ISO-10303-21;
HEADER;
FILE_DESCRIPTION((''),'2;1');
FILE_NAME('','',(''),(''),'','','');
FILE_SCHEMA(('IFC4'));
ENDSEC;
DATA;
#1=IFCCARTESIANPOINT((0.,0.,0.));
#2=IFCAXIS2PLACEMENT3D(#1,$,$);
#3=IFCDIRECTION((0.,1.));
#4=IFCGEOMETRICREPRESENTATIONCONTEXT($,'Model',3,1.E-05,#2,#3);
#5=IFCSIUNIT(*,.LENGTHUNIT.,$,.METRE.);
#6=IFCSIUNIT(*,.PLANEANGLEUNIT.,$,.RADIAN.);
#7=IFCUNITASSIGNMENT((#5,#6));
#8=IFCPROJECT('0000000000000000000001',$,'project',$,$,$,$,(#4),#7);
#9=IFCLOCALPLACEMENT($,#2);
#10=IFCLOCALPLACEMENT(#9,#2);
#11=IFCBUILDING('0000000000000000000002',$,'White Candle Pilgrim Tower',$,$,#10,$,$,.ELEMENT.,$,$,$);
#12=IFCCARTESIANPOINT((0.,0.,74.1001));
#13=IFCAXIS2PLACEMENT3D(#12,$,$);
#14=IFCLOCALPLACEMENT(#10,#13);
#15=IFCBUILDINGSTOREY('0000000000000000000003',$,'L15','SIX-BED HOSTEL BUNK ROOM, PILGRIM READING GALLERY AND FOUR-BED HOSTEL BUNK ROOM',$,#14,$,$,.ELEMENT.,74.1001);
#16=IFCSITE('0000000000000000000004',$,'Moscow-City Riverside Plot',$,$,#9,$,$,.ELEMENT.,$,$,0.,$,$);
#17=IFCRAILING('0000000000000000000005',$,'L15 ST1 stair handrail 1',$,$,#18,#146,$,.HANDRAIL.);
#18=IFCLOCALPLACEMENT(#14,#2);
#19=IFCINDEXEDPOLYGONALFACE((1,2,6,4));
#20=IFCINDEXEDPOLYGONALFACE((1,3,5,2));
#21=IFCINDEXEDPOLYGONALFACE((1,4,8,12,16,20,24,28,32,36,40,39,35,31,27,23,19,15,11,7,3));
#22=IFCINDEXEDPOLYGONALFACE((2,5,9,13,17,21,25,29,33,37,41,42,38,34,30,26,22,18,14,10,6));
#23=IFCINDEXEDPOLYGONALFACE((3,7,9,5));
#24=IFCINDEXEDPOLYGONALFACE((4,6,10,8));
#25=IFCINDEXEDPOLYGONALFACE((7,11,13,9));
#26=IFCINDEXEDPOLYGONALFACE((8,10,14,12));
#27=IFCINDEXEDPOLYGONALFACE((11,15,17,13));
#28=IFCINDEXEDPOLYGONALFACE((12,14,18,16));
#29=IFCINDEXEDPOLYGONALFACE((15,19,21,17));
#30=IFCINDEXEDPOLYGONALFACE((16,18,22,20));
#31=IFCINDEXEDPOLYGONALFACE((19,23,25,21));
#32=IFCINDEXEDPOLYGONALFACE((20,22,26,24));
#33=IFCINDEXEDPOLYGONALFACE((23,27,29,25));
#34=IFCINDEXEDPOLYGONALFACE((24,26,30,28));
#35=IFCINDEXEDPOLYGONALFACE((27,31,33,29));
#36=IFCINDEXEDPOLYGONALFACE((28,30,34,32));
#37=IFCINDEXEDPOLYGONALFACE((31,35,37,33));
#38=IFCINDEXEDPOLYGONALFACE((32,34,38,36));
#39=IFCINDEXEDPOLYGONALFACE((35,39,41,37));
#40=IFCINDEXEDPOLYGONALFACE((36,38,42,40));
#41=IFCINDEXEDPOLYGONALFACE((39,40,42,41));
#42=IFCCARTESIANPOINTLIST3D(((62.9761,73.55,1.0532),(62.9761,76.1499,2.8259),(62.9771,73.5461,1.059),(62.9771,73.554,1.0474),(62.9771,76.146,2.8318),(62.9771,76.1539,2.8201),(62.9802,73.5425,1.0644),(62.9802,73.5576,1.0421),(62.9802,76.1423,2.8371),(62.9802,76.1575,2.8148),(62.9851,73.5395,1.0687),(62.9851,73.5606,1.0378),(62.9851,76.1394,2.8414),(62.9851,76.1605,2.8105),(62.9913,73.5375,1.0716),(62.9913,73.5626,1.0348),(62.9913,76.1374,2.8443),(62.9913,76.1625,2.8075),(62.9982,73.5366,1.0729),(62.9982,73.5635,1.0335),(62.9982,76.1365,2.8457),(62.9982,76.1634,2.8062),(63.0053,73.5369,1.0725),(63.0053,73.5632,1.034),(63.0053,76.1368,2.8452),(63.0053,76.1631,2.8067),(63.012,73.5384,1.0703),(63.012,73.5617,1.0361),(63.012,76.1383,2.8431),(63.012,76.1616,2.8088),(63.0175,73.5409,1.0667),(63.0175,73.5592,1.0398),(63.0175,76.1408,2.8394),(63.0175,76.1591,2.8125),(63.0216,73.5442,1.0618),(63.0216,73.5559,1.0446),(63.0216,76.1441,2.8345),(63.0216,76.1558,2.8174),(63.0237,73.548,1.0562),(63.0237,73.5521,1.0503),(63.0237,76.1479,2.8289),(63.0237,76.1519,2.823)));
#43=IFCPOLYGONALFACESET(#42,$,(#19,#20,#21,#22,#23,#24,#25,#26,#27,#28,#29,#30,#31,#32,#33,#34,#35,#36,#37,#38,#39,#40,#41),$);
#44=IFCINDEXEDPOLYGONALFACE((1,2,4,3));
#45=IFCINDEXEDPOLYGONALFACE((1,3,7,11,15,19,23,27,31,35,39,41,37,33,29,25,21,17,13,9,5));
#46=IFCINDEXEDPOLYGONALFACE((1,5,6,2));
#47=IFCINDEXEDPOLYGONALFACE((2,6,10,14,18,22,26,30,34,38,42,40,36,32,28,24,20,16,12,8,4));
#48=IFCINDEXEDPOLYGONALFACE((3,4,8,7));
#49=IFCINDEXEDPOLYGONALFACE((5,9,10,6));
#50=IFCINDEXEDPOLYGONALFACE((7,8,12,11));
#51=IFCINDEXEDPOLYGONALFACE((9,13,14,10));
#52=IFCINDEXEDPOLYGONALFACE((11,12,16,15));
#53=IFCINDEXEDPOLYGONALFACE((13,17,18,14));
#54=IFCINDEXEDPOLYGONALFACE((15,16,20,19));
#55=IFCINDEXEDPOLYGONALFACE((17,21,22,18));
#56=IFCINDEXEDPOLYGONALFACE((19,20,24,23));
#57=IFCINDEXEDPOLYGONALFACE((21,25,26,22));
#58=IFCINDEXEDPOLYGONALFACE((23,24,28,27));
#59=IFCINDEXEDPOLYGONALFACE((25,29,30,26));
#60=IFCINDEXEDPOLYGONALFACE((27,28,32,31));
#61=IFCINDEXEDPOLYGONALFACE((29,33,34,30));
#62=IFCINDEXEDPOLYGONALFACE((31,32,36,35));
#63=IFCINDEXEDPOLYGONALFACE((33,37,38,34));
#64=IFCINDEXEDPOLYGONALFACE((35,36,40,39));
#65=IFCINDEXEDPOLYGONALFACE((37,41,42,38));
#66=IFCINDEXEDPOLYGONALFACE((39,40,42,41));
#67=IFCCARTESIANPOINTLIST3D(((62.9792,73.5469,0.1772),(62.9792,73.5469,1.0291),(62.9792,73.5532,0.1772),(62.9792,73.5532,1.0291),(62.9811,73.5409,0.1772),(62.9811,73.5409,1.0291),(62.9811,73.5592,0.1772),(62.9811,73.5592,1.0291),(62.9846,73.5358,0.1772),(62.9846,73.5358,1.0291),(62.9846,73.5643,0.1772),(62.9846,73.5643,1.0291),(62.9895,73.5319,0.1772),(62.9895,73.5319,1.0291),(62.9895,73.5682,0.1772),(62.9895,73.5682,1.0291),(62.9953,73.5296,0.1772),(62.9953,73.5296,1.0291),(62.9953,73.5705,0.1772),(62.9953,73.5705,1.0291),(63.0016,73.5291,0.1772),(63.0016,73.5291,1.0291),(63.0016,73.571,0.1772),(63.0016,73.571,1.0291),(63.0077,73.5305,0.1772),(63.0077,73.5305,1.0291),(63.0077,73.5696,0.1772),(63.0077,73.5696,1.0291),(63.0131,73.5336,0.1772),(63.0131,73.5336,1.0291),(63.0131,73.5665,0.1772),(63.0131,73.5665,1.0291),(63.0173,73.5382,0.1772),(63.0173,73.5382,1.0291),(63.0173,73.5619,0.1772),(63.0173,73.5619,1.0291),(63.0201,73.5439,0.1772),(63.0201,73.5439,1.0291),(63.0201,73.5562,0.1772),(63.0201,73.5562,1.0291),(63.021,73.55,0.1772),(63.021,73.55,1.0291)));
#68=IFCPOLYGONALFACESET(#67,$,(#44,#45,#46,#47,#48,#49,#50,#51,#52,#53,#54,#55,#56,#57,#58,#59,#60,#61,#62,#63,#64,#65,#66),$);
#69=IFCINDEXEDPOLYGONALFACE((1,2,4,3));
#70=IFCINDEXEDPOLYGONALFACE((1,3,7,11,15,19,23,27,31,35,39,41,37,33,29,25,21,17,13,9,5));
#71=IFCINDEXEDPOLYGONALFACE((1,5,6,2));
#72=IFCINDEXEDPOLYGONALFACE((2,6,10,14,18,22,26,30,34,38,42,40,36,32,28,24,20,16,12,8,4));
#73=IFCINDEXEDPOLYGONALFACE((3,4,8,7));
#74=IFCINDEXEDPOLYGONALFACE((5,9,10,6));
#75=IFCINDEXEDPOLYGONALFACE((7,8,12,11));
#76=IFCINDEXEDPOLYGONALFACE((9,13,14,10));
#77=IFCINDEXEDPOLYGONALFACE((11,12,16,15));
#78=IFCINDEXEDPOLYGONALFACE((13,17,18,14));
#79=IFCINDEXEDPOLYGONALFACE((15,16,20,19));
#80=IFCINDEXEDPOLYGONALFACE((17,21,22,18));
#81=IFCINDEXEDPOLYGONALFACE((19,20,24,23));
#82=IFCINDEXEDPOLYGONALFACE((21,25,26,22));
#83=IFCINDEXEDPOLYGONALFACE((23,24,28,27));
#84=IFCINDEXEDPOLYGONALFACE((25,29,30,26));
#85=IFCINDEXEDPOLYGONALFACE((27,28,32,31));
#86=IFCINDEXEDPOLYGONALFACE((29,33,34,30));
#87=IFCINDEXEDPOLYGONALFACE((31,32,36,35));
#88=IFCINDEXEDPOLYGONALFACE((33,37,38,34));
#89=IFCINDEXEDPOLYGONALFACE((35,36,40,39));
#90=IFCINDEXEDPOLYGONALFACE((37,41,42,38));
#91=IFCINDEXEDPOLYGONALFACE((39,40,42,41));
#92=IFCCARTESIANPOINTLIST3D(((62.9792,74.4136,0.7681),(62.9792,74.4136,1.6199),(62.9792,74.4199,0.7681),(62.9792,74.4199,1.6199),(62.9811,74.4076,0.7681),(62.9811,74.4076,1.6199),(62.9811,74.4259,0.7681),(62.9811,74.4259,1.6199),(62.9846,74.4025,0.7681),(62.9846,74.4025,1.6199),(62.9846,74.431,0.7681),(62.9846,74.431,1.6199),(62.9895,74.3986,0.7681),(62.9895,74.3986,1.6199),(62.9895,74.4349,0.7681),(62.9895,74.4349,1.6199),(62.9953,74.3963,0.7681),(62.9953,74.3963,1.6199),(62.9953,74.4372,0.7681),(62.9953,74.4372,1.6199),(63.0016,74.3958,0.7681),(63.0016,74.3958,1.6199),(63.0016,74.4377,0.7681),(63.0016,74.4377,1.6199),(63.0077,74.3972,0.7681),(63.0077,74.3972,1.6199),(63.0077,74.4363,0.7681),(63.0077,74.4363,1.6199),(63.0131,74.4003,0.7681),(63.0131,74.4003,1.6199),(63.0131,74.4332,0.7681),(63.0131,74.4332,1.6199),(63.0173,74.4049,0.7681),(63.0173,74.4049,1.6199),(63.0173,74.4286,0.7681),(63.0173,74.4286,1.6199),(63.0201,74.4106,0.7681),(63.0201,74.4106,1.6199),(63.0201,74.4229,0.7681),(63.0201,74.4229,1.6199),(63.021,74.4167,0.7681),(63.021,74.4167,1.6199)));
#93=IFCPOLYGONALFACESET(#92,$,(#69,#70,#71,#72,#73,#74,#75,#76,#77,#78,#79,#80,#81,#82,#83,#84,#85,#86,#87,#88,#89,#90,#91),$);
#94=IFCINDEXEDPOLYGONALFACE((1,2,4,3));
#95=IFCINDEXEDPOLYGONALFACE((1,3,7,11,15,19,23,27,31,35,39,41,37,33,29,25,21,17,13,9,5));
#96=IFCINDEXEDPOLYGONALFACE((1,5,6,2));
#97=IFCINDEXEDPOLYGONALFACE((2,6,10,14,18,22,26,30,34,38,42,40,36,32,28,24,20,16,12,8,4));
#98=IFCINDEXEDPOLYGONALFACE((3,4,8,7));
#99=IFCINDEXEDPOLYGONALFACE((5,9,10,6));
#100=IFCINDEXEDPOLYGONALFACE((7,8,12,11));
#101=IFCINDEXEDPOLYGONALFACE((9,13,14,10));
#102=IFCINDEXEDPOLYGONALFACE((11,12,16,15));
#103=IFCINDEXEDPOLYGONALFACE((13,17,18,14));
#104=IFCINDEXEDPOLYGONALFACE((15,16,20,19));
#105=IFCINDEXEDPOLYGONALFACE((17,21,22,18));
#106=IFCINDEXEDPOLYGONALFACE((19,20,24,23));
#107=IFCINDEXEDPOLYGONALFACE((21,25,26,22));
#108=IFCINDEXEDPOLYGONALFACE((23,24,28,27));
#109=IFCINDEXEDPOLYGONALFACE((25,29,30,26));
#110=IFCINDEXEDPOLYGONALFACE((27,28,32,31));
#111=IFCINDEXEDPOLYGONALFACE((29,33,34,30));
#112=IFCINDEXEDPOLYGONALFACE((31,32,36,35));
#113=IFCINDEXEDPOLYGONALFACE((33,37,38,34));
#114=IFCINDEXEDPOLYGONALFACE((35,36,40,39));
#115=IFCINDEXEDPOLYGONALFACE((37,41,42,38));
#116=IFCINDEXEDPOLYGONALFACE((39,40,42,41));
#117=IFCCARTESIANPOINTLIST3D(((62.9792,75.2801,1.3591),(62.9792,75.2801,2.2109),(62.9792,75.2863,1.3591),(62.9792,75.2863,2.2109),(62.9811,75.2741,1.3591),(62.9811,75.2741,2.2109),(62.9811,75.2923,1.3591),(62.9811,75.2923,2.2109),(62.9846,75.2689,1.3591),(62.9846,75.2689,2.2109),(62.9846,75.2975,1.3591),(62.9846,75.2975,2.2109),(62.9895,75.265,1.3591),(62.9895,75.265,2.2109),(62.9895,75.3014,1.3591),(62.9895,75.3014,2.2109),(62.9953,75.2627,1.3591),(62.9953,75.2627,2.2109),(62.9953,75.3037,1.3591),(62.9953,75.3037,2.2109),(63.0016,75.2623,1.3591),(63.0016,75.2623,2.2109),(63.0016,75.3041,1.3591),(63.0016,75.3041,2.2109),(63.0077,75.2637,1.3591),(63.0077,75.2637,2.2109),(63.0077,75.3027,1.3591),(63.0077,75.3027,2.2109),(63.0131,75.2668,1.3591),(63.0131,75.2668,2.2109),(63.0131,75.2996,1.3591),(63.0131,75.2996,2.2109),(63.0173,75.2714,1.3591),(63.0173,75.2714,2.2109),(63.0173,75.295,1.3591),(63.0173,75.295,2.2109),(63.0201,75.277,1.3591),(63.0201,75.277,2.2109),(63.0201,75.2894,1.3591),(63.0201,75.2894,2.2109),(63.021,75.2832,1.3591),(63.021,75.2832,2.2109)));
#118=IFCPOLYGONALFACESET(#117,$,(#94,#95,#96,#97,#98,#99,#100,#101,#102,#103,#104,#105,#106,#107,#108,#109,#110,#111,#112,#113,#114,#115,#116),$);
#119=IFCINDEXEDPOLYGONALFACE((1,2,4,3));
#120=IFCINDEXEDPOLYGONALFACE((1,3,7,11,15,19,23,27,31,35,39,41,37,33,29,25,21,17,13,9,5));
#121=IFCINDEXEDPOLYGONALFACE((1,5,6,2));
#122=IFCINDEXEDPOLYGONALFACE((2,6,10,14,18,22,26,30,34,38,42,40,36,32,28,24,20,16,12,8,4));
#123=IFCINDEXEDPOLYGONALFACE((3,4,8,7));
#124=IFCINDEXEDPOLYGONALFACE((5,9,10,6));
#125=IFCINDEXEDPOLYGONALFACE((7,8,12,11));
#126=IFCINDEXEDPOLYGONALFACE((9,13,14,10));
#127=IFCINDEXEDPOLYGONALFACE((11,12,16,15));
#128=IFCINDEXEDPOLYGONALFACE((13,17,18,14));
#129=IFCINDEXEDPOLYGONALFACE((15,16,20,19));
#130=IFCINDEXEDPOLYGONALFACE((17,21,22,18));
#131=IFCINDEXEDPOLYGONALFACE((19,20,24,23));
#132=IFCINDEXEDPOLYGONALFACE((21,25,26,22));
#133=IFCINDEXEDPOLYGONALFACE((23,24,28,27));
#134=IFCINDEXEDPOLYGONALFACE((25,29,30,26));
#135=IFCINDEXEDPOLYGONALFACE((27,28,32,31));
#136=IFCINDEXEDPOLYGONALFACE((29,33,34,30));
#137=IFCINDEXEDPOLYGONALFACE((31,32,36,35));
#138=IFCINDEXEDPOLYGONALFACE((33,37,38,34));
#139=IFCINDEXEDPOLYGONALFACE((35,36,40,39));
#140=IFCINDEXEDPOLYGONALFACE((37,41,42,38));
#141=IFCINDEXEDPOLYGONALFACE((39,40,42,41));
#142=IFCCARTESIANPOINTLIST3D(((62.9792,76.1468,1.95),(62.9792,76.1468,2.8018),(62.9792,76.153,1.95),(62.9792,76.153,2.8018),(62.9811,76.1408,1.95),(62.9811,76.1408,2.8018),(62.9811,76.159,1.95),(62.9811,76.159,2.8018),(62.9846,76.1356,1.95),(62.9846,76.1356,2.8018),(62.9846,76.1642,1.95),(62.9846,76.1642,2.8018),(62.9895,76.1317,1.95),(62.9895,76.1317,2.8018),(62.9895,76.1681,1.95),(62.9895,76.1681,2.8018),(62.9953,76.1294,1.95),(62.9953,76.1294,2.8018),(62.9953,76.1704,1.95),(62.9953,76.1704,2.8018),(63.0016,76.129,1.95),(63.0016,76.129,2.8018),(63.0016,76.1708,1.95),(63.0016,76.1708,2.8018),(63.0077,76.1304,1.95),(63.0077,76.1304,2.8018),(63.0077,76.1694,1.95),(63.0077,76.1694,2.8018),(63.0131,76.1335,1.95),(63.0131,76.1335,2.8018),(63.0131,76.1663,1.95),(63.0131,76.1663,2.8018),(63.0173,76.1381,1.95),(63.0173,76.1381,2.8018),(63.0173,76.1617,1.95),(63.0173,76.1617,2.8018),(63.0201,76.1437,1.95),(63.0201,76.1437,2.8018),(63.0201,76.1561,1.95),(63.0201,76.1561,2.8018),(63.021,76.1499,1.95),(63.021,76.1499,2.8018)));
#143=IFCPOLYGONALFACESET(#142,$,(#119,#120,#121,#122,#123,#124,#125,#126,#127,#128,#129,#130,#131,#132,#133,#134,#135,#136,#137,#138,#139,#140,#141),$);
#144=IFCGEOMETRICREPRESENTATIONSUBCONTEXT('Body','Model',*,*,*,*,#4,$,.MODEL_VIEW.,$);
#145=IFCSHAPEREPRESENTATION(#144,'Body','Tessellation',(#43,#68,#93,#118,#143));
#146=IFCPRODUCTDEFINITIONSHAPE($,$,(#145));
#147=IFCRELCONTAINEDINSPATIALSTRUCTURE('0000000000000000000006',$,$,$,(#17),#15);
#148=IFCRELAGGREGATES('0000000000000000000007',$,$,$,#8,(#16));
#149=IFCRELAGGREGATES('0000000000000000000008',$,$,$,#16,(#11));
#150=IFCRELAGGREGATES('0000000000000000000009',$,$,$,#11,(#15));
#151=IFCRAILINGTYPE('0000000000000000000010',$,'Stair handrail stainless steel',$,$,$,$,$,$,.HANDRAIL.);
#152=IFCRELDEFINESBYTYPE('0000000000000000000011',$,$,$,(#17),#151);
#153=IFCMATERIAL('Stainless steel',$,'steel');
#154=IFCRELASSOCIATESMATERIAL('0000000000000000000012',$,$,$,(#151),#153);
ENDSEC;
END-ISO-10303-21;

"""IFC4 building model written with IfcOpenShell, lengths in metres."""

from ifc_helpers import new_model, si_unit, direction, frame, origin, origin_2d, place, context, subcontext, project, spatial, circle, extrude, material, type_object, element, save


model = new_model("IFC4")

# Units and contexts
model_context = context("Model", 3, precision=1e-05, world=origin(), true_north=direction((0.0, 1.0)))
body_context = subcontext(model_context, "Body", "Model", "MODEL_VIEW")
ifc_project = project(units=[si_unit("LENGTHUNIT", "METRE"), si_unit("PLANEANGLEUNIT", "RADIAN")], contexts=[model_context])

# Site, building, storey
site_placement = place(None, origin())
site = spatial("IfcSite", under=ifc_project, at=site_placement, Name="Moscow-City Riverside Plot", CompositionType="ELEMENT", RefElevation=0.0)
building_placement = place(site_placement, origin())
building = spatial("IfcBuilding", under=site, at=building_placement, Name="White Candle Pilgrim Tower", CompositionType="ELEMENT")
storey_placement = place(building_placement, frame((0.0, 0.0, 74.1001)))
storey = spatial("IfcBuildingStorey", under=building, at=storey_placement, Name="L15", Description="SIX-BED HOSTEL BUNK ROOM, PILGRIM READING GALLERY AND FOUR-BED HOSTEL BUNK ROOM", CompositionType="ELEMENT", Elevation=74.1001)

# Railing
ifc_material_1 = material(Name="Stainless steel", Category="steel")
railing_type_1 = type_object("IfcRailingType", Name="Stair handrail stainless steel", PredefinedType="HANDRAIL", material=ifc_material_1)
railing_1_placement = place(storey_placement, frame((63.0, 73.55, 0.1772)))
element("IfcRailing", 1, at=railing_1_placement, inside=storey, type_object=railing_type_1, Name="L15 ST1 stair handrail 1", PredefinedType="HANDRAIL", context=body_context, shape_type="SweptSolid", body=[
    extrude(circle(Radius=0.0239, at=origin_2d()), frame((0.0, 0.0, 0.876), z_axis=(0.0, 0.826216, 0.563354), x_axis=(-1.0, 0.0, 0.0)), (0.0, 0.0, 1.0), 3.1467),
    extrude(circle(Radius=0.021, at=origin_2d()), origin(), (0.0, 0.0, 1.0), 0.8518),
    extrude(circle(Radius=0.021, at=origin_2d()), frame((0.0, 0.8667, 0.5908)), (0.0, 0.0, 1.0), 0.8518),
    extrude(circle(Radius=0.021, at=origin_2d()), frame((0.0, 1.7332, 1.1819)), (0.0, 0.0, 1.0), 0.8518),
    extrude(circle(Radius=0.021, at=origin_2d()), frame((0.0, 2.5999, 1.7727)), (0.0, 0.0, 1.0), 0.8518),
])

save(model, "model.ifc")
